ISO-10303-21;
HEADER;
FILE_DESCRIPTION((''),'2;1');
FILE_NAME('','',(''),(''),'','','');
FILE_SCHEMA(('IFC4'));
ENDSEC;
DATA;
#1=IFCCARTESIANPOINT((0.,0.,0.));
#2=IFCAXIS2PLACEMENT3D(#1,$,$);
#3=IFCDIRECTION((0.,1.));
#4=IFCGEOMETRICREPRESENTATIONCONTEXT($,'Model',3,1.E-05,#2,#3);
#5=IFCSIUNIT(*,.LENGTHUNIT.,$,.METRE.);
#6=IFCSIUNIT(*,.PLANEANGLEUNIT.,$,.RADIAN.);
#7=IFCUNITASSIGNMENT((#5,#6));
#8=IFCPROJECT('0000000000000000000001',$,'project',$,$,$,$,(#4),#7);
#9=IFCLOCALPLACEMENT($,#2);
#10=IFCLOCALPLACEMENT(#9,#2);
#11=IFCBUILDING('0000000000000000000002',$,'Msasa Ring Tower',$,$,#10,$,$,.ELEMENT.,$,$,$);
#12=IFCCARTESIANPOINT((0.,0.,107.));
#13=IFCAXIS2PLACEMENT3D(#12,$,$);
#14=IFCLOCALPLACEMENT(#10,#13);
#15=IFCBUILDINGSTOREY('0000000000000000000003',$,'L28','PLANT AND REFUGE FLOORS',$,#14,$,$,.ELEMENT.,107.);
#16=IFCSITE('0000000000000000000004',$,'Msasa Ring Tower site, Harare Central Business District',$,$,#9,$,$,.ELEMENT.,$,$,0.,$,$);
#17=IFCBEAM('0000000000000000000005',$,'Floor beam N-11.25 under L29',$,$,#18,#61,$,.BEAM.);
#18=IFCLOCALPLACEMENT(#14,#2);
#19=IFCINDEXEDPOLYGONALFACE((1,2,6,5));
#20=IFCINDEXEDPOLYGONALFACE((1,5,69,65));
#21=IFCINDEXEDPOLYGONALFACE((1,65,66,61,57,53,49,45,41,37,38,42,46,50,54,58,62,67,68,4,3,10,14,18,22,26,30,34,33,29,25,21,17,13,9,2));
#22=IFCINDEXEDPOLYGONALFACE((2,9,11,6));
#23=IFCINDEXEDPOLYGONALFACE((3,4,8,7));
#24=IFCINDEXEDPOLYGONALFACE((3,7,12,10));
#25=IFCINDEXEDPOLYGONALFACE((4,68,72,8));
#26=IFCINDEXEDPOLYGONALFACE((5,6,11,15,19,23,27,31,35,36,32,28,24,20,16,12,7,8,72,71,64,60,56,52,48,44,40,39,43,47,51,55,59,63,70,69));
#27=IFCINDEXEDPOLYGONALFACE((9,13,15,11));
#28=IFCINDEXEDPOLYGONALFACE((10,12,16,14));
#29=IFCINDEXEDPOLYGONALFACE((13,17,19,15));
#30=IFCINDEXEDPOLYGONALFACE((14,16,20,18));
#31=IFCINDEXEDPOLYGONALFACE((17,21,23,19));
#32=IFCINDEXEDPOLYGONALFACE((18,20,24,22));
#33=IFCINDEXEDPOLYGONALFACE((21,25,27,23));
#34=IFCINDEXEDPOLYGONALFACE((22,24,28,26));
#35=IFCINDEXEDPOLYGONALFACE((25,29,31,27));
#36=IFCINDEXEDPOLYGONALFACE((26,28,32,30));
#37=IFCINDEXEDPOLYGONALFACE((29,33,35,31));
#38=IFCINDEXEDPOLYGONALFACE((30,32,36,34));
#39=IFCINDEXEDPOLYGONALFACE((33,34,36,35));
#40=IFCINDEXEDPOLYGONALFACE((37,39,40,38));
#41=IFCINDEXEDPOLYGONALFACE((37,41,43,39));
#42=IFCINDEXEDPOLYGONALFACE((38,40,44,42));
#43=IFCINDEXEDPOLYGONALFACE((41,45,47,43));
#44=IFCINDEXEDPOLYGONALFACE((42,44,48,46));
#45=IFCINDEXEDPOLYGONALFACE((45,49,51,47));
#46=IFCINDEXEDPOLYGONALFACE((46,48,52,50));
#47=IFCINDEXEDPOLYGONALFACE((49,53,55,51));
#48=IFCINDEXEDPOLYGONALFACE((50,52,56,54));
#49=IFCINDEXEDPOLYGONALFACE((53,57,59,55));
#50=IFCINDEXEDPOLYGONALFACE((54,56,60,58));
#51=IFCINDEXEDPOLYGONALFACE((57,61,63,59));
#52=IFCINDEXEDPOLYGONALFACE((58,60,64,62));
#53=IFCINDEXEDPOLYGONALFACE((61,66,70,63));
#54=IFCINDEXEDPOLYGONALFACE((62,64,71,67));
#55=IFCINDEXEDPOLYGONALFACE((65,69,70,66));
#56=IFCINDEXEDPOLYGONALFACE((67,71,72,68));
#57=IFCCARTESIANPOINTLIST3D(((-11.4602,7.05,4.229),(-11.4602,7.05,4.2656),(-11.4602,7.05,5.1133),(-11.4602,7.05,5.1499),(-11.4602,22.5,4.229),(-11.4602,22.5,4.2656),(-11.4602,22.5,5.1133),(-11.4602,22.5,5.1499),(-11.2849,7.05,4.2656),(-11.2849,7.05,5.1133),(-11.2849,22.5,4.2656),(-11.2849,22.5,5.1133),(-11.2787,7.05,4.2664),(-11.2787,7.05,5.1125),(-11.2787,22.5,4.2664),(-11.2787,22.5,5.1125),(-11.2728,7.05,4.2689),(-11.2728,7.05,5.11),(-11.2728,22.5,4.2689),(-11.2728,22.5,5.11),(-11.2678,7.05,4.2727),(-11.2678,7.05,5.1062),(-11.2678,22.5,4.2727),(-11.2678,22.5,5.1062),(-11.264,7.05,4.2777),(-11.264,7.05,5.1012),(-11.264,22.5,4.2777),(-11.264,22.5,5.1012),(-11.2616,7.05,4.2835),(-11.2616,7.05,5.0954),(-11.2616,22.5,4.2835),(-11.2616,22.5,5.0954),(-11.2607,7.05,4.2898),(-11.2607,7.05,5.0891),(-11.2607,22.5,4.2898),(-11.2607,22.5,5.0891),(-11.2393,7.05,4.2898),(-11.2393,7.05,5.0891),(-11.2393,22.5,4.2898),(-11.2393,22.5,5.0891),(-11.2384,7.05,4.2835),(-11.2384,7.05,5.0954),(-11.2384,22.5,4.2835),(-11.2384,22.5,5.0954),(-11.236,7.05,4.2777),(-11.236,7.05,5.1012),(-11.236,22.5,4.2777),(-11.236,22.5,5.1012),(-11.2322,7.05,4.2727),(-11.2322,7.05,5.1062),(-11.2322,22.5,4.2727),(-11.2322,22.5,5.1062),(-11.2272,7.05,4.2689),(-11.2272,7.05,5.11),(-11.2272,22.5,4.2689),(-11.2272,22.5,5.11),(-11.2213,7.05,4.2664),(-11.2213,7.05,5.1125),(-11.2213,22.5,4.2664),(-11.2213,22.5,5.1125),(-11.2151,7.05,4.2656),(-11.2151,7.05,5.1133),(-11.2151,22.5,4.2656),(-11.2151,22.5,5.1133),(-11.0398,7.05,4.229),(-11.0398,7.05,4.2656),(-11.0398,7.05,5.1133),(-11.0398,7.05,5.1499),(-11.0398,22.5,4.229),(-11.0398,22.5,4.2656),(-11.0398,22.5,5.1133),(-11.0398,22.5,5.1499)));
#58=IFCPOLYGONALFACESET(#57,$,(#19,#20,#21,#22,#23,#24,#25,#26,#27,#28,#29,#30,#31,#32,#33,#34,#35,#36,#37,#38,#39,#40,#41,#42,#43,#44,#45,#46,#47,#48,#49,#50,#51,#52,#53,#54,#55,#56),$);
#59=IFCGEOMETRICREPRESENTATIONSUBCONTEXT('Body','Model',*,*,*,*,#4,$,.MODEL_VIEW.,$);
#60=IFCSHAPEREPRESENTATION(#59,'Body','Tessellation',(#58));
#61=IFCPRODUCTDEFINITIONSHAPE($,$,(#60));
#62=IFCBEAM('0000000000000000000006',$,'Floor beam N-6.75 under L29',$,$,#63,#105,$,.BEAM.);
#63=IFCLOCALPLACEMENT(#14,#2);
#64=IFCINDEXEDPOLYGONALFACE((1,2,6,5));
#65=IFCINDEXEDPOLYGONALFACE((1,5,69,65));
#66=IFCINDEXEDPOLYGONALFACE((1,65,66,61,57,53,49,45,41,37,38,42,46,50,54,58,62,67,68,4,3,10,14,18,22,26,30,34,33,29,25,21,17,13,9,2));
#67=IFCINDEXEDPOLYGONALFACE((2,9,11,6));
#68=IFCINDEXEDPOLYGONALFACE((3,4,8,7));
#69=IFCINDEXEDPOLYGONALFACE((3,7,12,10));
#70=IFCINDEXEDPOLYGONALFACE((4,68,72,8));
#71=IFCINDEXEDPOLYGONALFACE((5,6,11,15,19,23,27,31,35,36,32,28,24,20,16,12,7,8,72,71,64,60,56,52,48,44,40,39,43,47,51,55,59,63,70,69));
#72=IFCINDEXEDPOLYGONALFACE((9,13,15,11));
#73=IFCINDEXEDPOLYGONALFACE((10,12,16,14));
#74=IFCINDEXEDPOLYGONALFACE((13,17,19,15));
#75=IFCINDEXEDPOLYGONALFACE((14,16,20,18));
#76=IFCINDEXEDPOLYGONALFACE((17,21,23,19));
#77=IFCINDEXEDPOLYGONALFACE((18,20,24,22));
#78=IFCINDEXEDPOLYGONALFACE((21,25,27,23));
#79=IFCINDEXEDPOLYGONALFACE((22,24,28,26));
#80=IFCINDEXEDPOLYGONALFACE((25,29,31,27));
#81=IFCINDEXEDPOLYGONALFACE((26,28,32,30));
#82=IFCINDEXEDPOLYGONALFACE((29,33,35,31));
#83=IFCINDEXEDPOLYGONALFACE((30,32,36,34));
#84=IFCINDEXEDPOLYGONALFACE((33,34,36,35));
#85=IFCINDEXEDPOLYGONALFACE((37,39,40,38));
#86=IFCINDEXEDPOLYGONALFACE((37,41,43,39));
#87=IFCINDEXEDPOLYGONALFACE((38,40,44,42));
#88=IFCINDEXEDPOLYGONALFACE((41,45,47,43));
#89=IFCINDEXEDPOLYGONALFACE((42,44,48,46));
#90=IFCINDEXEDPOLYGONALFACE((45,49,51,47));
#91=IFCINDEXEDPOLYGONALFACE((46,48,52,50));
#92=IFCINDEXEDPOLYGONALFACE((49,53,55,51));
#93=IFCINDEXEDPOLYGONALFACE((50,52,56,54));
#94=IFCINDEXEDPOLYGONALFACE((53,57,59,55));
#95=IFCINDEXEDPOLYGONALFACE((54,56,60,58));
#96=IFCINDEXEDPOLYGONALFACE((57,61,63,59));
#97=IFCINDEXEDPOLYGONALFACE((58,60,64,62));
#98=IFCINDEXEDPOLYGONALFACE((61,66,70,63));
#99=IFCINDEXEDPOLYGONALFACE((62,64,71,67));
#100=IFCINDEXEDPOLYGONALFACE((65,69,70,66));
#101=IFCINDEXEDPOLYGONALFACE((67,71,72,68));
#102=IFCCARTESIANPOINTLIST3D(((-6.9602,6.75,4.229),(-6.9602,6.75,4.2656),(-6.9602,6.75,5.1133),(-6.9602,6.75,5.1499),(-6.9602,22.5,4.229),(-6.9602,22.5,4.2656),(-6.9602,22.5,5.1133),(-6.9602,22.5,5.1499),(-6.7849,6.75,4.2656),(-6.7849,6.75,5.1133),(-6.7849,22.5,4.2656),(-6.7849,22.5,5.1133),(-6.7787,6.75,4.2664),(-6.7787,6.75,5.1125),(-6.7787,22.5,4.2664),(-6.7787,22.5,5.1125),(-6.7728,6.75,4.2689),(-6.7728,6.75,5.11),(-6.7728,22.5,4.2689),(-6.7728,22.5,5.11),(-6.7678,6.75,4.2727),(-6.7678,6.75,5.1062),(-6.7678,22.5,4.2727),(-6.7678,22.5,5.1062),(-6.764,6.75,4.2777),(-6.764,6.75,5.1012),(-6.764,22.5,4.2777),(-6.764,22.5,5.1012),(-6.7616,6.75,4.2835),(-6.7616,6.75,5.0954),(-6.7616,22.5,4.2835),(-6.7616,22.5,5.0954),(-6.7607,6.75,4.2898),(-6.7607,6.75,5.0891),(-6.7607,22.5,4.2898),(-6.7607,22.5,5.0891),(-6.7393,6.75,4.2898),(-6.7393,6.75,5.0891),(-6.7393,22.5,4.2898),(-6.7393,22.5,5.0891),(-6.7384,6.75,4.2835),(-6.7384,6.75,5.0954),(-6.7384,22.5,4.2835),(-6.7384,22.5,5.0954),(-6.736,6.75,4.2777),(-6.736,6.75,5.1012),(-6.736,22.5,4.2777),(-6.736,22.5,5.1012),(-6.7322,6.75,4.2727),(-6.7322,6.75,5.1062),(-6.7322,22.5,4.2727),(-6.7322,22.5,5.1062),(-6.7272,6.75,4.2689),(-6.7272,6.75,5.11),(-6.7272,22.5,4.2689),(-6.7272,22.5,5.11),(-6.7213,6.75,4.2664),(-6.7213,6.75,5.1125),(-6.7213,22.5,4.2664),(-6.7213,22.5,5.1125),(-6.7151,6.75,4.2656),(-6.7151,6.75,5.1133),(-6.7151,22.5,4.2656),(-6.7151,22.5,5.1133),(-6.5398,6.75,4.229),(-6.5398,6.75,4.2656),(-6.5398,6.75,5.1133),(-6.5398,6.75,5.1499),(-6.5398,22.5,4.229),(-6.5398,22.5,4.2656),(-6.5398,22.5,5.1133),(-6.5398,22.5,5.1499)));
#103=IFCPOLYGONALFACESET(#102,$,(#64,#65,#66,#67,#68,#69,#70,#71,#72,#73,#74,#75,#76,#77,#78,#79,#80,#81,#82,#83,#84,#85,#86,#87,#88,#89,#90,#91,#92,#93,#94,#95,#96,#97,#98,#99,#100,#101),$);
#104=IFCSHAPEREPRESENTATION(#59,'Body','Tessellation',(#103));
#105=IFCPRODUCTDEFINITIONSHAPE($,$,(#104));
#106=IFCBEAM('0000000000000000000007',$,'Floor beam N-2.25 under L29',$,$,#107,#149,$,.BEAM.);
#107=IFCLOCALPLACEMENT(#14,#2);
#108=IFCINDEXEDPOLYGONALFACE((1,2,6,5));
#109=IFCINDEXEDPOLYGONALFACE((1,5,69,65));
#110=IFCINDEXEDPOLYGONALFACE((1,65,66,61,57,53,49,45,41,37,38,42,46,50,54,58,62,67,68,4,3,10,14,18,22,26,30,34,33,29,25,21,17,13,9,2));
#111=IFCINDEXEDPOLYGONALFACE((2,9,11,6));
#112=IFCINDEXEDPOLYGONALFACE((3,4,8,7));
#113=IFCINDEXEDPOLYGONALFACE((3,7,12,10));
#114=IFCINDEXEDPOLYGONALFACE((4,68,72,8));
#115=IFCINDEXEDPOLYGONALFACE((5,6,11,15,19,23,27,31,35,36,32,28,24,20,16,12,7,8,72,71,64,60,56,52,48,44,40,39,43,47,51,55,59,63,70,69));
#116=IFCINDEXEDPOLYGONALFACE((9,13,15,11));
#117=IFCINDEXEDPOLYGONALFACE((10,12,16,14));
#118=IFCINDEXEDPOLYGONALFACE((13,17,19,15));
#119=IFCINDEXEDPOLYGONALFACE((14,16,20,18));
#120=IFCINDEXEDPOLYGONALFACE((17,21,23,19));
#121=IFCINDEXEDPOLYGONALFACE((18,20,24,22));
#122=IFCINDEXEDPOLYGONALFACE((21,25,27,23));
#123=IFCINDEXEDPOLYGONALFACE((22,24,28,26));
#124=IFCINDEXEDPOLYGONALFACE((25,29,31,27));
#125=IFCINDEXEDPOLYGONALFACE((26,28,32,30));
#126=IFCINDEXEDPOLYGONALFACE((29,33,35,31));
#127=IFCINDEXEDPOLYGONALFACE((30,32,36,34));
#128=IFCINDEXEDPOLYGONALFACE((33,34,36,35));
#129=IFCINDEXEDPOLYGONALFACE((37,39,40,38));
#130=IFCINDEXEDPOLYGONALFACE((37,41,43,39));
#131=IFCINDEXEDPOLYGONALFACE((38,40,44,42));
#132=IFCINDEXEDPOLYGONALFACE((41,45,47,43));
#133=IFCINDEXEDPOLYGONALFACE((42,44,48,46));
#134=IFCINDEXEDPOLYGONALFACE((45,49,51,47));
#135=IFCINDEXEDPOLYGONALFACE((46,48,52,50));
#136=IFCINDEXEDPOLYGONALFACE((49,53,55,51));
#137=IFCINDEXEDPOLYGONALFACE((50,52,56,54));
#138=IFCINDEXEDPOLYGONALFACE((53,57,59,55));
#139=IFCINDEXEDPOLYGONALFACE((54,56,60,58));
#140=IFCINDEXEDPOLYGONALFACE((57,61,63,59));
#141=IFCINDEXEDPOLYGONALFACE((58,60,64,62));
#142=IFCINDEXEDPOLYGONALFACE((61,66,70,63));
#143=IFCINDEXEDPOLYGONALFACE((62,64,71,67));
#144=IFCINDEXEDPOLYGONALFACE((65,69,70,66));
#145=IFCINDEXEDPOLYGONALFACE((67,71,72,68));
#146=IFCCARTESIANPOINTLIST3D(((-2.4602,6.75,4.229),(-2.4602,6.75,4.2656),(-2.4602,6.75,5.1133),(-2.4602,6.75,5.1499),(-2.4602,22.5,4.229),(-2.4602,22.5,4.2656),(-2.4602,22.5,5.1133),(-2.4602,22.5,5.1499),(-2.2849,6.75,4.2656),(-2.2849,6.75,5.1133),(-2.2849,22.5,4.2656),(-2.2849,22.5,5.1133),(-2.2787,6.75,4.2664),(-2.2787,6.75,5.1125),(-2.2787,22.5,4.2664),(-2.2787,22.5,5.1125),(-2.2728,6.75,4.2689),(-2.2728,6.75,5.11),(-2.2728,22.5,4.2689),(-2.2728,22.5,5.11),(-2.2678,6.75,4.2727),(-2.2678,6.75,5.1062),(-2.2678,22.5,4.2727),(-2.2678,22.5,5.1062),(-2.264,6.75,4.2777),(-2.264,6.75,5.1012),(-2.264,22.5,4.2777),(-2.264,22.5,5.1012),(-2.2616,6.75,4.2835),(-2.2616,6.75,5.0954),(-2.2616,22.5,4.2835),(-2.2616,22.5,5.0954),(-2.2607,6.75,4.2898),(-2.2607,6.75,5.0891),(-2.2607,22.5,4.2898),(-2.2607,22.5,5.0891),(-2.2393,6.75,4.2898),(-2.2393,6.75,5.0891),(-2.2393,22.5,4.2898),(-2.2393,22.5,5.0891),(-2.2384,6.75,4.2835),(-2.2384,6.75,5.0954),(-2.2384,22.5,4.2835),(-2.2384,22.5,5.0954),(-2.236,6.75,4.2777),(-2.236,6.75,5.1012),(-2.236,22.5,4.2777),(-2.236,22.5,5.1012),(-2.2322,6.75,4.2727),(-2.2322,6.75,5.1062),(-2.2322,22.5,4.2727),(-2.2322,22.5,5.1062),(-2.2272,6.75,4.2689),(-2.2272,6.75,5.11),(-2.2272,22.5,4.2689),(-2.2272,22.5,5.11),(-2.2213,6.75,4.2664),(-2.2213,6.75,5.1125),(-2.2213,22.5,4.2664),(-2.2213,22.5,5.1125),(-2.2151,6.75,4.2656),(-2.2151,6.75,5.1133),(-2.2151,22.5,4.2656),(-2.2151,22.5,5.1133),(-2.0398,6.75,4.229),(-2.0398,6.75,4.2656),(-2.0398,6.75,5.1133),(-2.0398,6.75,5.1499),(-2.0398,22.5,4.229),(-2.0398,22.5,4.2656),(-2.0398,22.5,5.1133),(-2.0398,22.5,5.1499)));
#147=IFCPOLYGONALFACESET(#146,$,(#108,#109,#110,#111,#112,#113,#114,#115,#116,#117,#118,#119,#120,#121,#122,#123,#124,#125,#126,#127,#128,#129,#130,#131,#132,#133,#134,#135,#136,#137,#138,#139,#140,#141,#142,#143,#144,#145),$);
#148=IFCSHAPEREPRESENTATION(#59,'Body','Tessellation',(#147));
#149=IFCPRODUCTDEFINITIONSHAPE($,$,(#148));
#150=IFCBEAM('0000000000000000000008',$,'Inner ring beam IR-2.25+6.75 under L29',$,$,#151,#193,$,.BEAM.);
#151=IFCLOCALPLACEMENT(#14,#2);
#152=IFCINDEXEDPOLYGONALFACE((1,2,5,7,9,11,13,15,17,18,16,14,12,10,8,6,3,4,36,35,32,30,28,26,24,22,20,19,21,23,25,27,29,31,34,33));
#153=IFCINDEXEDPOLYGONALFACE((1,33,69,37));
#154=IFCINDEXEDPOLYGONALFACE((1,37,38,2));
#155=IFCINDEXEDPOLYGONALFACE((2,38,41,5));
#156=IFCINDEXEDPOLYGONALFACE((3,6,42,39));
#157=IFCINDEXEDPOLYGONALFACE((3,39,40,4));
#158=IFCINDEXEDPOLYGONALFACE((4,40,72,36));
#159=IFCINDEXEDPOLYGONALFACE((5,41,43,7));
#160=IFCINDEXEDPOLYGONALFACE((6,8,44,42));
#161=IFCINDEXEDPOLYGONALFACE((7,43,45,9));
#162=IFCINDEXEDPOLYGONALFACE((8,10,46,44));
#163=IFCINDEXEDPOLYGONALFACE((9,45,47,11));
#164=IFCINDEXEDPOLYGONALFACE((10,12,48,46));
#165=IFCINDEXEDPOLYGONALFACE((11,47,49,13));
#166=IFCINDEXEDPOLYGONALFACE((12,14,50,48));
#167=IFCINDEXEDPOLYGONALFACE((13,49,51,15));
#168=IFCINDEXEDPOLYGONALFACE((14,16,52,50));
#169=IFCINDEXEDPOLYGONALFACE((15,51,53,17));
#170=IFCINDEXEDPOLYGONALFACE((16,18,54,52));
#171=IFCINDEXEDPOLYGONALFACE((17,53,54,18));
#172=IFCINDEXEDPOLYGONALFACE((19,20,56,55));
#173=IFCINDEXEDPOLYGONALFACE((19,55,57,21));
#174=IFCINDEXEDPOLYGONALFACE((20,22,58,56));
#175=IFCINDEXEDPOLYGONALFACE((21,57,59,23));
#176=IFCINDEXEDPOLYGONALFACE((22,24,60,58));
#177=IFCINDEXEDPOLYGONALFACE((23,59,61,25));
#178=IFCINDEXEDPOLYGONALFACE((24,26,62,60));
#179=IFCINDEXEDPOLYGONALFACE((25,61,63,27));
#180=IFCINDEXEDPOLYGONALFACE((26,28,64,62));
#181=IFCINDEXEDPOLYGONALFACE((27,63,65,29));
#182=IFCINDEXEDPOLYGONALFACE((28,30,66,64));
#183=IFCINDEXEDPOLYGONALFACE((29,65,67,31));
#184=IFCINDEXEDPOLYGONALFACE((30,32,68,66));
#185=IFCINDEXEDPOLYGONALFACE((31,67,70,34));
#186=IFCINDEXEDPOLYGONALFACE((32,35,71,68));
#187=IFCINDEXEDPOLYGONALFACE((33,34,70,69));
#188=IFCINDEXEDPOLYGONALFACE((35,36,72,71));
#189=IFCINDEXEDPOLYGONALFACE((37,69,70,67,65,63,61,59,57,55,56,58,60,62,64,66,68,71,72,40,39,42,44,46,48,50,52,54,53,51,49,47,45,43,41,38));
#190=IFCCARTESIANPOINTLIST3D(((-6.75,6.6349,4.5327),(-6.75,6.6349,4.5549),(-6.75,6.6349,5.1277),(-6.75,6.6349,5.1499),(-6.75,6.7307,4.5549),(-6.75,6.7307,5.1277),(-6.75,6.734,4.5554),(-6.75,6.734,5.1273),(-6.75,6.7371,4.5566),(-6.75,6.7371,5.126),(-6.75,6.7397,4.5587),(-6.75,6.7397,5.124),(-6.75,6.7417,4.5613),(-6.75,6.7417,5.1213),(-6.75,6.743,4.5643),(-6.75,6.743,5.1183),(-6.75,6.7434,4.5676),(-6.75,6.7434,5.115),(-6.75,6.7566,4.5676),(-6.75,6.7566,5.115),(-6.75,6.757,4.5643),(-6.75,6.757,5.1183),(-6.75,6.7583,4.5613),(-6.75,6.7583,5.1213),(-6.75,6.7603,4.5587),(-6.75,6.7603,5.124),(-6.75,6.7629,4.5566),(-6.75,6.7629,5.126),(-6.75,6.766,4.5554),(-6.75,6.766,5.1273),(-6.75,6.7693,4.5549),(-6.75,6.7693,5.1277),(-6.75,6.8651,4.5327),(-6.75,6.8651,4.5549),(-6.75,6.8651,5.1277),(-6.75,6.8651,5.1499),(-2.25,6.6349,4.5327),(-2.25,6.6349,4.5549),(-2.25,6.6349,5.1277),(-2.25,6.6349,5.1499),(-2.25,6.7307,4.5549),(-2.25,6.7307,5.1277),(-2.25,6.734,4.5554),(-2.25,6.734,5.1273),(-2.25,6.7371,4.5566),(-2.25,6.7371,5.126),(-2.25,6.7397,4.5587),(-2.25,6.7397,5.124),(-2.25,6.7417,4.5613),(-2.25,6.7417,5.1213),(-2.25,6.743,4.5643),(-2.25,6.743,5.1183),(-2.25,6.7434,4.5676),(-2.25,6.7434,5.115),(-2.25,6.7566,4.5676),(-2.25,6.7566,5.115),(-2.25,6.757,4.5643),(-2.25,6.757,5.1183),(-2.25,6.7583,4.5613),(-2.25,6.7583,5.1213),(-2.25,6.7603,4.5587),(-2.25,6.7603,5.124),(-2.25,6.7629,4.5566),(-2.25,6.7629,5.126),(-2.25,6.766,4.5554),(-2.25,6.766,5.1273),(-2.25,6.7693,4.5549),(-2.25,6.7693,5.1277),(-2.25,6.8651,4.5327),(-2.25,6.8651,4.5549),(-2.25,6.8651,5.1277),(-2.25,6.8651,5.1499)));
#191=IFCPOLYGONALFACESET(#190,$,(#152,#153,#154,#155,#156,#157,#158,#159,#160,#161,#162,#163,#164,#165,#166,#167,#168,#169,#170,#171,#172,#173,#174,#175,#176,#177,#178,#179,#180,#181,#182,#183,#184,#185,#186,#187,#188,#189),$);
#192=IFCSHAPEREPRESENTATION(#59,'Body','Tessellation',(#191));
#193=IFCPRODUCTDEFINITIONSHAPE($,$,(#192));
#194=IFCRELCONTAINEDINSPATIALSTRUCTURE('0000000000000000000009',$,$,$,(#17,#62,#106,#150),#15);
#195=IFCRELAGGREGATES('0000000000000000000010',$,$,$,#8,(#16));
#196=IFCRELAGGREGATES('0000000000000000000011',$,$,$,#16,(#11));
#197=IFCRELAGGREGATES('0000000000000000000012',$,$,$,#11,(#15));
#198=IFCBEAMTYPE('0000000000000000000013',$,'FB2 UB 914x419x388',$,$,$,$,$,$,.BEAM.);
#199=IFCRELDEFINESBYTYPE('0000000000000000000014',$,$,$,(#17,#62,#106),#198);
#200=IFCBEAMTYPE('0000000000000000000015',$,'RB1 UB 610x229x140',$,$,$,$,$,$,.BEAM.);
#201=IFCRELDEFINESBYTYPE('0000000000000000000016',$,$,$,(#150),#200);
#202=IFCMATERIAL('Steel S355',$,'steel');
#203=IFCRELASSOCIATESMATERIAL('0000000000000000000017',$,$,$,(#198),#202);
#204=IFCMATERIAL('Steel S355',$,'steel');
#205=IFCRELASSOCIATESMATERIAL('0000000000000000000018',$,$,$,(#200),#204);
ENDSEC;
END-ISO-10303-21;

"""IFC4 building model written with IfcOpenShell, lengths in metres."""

from ifc_helpers import new_model, si_unit, direction, frame, origin, origin_2d, place, context, subcontext, project, spatial, i_section, extrude, material, material_profile, profile_set, type_object, element, save


model = new_model("IFC4")

# Units and contexts
model_context = context("Model", 3, precision=1e-05, world=origin(), true_north=direction((0.0, 1.0)))
body_context = subcontext(model_context, "Body", "Model", "MODEL_VIEW")
ifc_project = project(units=[si_unit("LENGTHUNIT", "METRE"), si_unit("PLANEANGLEUNIT", "RADIAN")], contexts=[model_context])

# Site, building, storey
site_placement = place(None, origin())
site = spatial("IfcSite", under=ifc_project, at=site_placement, Name="Msasa Ring Tower site, Harare Central Business District", CompositionType="ELEMENT", RefElevation=0.0)
building_placement = place(site_placement, origin())
building = spatial("IfcBuilding", under=site, at=building_placement, Name="Msasa Ring Tower", CompositionType="ELEMENT")
storey_placement = place(building_placement, frame((0.0, 0.0, 107.0)))
storey = spatial("IfcBuildingStorey", under=building, at=storey_placement, Name="L28", Description="PLANT AND REFUGE FLOORS", CompositionType="ELEMENT", Elevation=107.0)

# Beams
ifc_material_1 = material(Name="Steel S355", Category="steel")
ifc_material_profile_1 = material_profile(ifc_material_1, i_section(OverallWidth=0.4204, OverallDepth=0.9209, WebThickness=0.0215, FlangeThickness=0.0366, FilletRadius=0.0242, at=origin_2d()), Name="UB 914x419x388")
ifc_profile_set_1 = profile_set([ifc_material_profile_1], Name="Steel S355")
beam_type_1 = type_object("IfcBeamType", Name="FB2 UB 914x419x388", PredefinedType="BEAM", material=ifc_profile_set_1)
beam_placement = place(storey_placement, frame((-11.25, 22.5, 4.6895), z_axis=(0.0, -1.0, 0.0), x_axis=(1.0, 0.0, 0.0)))
element("IfcBeam", 1, at=beam_placement, inside=storey, type_object=beam_type_1, Name="Floor beam N-11.25 under L29", PredefinedType="BEAM", context=body_context, shape_type="SweptSolid", body=[
    extrude(i_section(OverallWidth=0.4204, OverallDepth=0.9209, WebThickness=0.0215, FlangeThickness=0.0366, FilletRadius=0.0242, at=origin_2d()), origin(), (0.0, 0.0, 1.0), 15.45),
])
for number, where, z_axis, x_axis, name in (
    (2, (-6.75, 22.5, 4.6895), (0.0, -1.0, 0.0), (1.0, 0.0, 0.0), "Floor beam N-6.75 under L29"),
    (3, (-2.25, 22.5, 4.6895), (0.0, -1.0, 0.0), (1.0, 0.0, 0.0), "Floor beam N-2.25 under L29"),
):
    element("IfcBeam", number, at=place(storey_placement, frame(where, z_axis=z_axis, x_axis=x_axis)), inside=storey, type_object=beam_type_1, Name=name, PredefinedType="BEAM", context=body_context, shape_type="SweptSolid", body=[
        extrude(i_section(OverallWidth=0.4204, OverallDepth=0.9209, WebThickness=0.0215, FlangeThickness=0.0366, FilletRadius=0.0242, at=origin_2d()), origin(), (0.0, 0.0, 1.0), 15.75),
    ])
ifc_material_2 = material(Name="Steel S355", Category="steel")
ifc_material_profile_2 = material_profile(ifc_material_2, i_section(OverallWidth=0.2302, OverallDepth=0.6172, WebThickness=0.0132, FlangeThickness=0.0222, FilletRadius=0.0127, at=origin_2d()), Name="UB 610x229x140")
ifc_profile_set_2 = profile_set([ifc_material_profile_2], Name="Steel S355")
beam_type_2 = type_object("IfcBeamType", Name="RB1 UB 610x229x140", PredefinedType="BEAM", material=ifc_profile_set_2)
for number, where, z_axis, x_axis, name in (
    (4, (-2.25, 6.75, 4.8413), (-1.0, 0.0, 0.0), (0.0, -1.0, 0.0), "Inner ring beam IR-2.25+6.75 under L29"),
):
    element("IfcBeam", number, at=place(storey_placement, frame(where, z_axis=z_axis, x_axis=x_axis)), inside=storey, type_object=beam_type_2, Name=name, PredefinedType="BEAM", context=body_context, shape_type="SweptSolid", body=[
        extrude(i_section(OverallWidth=0.2302, OverallDepth=0.6172, WebThickness=0.0132, FlangeThickness=0.0222, FilletRadius=0.0127, at=origin_2d()), origin(), (0.0, 0.0, 1.0), 4.5),
    ])

save(model, "model.ifc")
